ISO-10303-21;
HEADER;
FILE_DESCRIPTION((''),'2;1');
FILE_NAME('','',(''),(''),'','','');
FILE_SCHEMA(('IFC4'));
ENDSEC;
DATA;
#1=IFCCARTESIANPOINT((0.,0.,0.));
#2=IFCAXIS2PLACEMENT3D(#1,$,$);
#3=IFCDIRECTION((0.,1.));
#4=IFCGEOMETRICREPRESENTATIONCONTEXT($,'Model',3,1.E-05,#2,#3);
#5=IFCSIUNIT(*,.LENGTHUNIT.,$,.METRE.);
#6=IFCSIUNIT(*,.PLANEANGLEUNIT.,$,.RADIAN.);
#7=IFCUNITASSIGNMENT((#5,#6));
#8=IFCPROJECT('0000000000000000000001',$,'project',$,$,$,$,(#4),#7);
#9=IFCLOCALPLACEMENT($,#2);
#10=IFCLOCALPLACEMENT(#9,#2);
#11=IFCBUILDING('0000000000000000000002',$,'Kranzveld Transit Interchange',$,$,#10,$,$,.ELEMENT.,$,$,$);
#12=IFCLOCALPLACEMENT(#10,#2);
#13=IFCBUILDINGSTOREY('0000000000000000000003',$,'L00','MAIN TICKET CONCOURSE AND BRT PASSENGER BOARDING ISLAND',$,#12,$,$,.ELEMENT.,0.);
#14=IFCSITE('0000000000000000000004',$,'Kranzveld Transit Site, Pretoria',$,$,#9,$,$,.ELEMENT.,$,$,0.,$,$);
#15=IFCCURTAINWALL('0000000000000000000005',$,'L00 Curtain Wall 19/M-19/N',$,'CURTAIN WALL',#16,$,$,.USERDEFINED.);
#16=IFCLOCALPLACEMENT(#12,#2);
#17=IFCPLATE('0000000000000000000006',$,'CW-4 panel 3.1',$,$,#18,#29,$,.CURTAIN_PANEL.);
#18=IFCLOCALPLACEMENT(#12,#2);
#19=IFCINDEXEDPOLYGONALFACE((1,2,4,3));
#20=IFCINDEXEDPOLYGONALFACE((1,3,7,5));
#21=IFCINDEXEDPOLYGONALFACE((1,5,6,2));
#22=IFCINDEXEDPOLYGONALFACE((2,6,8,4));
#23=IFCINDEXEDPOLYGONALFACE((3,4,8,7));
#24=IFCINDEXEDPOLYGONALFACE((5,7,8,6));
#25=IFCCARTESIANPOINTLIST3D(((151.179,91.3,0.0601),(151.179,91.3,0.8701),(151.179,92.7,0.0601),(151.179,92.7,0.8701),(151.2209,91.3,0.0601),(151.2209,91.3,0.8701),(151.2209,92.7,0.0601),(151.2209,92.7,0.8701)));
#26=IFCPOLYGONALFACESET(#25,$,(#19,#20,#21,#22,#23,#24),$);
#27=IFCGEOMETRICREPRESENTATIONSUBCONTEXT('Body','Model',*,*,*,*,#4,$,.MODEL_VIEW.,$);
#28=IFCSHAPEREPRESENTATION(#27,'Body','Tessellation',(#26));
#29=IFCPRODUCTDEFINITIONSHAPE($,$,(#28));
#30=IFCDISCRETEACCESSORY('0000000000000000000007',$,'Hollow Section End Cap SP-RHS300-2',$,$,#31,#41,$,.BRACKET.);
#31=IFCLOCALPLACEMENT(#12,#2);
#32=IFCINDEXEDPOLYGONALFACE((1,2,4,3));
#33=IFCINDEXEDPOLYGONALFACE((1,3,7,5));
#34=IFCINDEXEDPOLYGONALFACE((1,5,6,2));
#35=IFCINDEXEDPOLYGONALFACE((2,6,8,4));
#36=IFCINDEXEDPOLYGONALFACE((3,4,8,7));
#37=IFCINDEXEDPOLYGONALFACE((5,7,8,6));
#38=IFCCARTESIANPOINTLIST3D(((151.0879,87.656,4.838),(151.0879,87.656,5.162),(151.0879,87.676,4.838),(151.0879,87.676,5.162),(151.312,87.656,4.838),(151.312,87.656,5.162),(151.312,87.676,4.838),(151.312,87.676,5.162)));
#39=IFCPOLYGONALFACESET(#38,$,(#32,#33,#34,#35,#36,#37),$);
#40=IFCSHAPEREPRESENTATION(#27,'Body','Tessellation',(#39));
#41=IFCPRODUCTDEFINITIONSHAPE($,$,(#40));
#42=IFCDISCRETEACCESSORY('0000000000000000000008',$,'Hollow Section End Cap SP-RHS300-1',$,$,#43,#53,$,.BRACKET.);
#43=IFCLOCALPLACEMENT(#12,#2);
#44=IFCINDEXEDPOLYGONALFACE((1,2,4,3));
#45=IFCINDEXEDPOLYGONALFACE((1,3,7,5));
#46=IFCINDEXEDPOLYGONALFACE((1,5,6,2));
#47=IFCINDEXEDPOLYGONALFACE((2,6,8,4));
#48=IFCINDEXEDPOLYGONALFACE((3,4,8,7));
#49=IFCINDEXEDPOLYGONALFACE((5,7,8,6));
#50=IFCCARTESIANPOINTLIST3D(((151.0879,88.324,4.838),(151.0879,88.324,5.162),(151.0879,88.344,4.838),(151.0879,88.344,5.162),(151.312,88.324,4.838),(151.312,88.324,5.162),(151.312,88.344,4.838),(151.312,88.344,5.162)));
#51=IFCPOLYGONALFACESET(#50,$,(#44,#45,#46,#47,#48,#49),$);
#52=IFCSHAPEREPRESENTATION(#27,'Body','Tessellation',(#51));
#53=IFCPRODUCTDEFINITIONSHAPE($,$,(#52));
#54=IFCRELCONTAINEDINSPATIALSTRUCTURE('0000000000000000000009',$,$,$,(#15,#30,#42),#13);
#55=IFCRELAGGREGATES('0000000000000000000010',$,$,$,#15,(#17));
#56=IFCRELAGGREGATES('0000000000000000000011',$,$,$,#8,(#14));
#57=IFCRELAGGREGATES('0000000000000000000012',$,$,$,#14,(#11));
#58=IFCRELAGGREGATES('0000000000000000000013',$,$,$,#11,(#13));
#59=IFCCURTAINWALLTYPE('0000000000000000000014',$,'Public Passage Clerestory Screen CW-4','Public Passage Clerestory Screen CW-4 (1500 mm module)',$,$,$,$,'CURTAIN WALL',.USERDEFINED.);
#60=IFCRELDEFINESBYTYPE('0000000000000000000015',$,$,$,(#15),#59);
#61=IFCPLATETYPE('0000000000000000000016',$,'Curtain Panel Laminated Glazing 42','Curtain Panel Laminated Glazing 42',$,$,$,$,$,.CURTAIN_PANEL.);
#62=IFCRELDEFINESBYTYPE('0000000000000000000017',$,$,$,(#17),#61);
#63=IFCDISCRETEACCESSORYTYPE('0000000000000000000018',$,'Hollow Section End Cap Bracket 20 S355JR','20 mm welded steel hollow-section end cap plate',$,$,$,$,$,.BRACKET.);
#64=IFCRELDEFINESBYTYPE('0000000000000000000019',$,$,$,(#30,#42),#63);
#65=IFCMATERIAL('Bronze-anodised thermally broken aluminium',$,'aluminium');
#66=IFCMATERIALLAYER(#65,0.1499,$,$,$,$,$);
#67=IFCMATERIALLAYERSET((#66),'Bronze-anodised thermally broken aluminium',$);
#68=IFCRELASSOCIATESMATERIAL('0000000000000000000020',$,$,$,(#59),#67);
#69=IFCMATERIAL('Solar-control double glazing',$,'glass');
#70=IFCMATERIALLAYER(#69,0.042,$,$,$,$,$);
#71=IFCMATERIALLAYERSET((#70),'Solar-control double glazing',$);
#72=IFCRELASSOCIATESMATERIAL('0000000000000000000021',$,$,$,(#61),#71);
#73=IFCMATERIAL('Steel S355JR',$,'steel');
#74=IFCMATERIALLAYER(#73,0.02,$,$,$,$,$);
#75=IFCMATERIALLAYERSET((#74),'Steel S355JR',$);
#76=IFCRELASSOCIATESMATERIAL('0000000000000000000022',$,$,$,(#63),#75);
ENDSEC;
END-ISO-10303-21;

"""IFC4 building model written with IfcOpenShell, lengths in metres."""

from ifc_helpers import new_model, si_unit, direction, frame, origin, origin_2d, place, context, subcontext, project, spatial, rectangle, extrude, material, layer, layer_set, type_object, element, aggregate, save


model = new_model("IFC4")

# Units and contexts
model_context = context("Model", 3, precision=1e-05, world=origin(), true_north=direction((0.0, 1.0)))
body_context = subcontext(model_context, "Body", "Model", "MODEL_VIEW")
ifc_project = project(units=[si_unit("LENGTHUNIT", "METRE"), si_unit("PLANEANGLEUNIT", "RADIAN")], contexts=[model_context])

# Site, building, storey
site_placement = place(None, origin())
site = spatial("IfcSite", under=ifc_project, at=site_placement, Name="Kranzveld Transit Site, Pretoria", CompositionType="ELEMENT", RefElevation=0.0)
building_placement = place(site_placement, origin())
building = spatial("IfcBuilding", under=site, at=building_placement, Name="Kranzveld Transit Interchange", CompositionType="ELEMENT")
storey_placement = place(building_placement, origin())
storey = spatial("IfcBuildingStorey", under=building, at=storey_placement, Name="L00", Description="MAIN TICKET CONCOURSE AND BRT PASSENGER BOARDING ISLAND", CompositionType="ELEMENT", Elevation=0.0)

# Curtain wall
ifc_material_1 = material(Name="Bronze-anodised thermally broken aluminium", Category="aluminium")
ifc_layer_1 = layer(ifc_material_1, 0.1499)
ifc_layer_set_1 = layer_set([ifc_layer_1], Name="Bronze-anodised thermally broken aluminium")
curtain_wall_type_1 = type_object("IfcCurtainWallType", Name="Public Passage Clerestory Screen CW-4", Description="Public Passage Clerestory Screen CW-4 (1500 mm module)", ElementType="CURTAIN WALL", PredefinedType="USERDEFINED", material=ifc_layer_set_1)
curtain_wall_1_placement = place(storey_placement, origin())
curtain_wall_1 = element("IfcCurtainWall", 1, at=curtain_wall_1_placement, inside=storey, type_object=curtain_wall_type_1, Name="L00 Curtain Wall 19/M-19/N", ObjectType="CURTAIN WALL", PredefinedType="USERDEFINED")

# Plate
ifc_material_2 = material(Name="Solar-control double glazing", Category="glass")
ifc_layer_2 = layer(ifc_material_2, 0.042)
ifc_layer_set_2 = layer_set([ifc_layer_2], Name="Solar-control double glazing")
plate_type_1 = type_object("IfcPlateType", Name="Curtain Panel Laminated Glazing 42", Description="Curtain Panel Laminated Glazing 42", PredefinedType="CURTAIN_PANEL", material=ifc_layer_set_2)
plate_1_placement = place(storey_placement, frame((151.2, 92.0, 0.0601), z_axis=(0.0, 0.0, 1.0), x_axis=(0.0, 1.0, 0.0)))
plate_1 = element("IfcPlate", 2, at=plate_1_placement, type_object=plate_type_1, Name="CW-4 panel 3.1", PredefinedType="CURTAIN_PANEL", context=body_context, shape_type="SweptSolid", body=[
    extrude(rectangle(XDim=1.3999, YDim=0.042, at=origin_2d()), origin(), (0.0, 0.0, 1.0), 0.8101),
])
aggregate(curtain_wall_1, [plate_1])

# Discrete accessories
ifc_material_3 = material(Name="Steel S355JR", Category="steel")
ifc_layer_3 = layer(ifc_material_3, 0.02)
ifc_layer_set_3 = layer_set([ifc_layer_3], Name="Steel S355JR")
discrete_accessory_type = type_object("IfcDiscreteAccessoryType", Name="Hollow Section End Cap Bracket 20 S355JR", Description="20 mm welded steel hollow-section end cap plate", PredefinedType="BRACKET", material=ifc_layer_set_3)
for number, where, z_axis, x_axis, name in (
    (3, (151.2, 87.656, 5.0), (0.0, 1.0, 0.0), (-1.0, 0.0, 0.0), "Hollow Section End Cap SP-RHS300-2"),
    (4, (151.2, 88.344, 5.0), (0.0, -1.0, 0.0), (1.0, 0.0, 0.0), "Hollow Section End Cap SP-RHS300-1"),
):
    element("IfcDiscreteAccessory", number, at=place(storey_placement, frame(where, z_axis=z_axis, x_axis=x_axis)), inside=storey, type_object=discrete_accessory_type, Name=name, PredefinedType="BRACKET", context=body_context, shape_type="SweptSolid", body=[
        extrude(rectangle(XDim=0.2241, YDim=0.324, at=origin_2d()), origin(), (0.0, 0.0, 1.0), 0.02),
    ])

save(model, "model.ifc")
